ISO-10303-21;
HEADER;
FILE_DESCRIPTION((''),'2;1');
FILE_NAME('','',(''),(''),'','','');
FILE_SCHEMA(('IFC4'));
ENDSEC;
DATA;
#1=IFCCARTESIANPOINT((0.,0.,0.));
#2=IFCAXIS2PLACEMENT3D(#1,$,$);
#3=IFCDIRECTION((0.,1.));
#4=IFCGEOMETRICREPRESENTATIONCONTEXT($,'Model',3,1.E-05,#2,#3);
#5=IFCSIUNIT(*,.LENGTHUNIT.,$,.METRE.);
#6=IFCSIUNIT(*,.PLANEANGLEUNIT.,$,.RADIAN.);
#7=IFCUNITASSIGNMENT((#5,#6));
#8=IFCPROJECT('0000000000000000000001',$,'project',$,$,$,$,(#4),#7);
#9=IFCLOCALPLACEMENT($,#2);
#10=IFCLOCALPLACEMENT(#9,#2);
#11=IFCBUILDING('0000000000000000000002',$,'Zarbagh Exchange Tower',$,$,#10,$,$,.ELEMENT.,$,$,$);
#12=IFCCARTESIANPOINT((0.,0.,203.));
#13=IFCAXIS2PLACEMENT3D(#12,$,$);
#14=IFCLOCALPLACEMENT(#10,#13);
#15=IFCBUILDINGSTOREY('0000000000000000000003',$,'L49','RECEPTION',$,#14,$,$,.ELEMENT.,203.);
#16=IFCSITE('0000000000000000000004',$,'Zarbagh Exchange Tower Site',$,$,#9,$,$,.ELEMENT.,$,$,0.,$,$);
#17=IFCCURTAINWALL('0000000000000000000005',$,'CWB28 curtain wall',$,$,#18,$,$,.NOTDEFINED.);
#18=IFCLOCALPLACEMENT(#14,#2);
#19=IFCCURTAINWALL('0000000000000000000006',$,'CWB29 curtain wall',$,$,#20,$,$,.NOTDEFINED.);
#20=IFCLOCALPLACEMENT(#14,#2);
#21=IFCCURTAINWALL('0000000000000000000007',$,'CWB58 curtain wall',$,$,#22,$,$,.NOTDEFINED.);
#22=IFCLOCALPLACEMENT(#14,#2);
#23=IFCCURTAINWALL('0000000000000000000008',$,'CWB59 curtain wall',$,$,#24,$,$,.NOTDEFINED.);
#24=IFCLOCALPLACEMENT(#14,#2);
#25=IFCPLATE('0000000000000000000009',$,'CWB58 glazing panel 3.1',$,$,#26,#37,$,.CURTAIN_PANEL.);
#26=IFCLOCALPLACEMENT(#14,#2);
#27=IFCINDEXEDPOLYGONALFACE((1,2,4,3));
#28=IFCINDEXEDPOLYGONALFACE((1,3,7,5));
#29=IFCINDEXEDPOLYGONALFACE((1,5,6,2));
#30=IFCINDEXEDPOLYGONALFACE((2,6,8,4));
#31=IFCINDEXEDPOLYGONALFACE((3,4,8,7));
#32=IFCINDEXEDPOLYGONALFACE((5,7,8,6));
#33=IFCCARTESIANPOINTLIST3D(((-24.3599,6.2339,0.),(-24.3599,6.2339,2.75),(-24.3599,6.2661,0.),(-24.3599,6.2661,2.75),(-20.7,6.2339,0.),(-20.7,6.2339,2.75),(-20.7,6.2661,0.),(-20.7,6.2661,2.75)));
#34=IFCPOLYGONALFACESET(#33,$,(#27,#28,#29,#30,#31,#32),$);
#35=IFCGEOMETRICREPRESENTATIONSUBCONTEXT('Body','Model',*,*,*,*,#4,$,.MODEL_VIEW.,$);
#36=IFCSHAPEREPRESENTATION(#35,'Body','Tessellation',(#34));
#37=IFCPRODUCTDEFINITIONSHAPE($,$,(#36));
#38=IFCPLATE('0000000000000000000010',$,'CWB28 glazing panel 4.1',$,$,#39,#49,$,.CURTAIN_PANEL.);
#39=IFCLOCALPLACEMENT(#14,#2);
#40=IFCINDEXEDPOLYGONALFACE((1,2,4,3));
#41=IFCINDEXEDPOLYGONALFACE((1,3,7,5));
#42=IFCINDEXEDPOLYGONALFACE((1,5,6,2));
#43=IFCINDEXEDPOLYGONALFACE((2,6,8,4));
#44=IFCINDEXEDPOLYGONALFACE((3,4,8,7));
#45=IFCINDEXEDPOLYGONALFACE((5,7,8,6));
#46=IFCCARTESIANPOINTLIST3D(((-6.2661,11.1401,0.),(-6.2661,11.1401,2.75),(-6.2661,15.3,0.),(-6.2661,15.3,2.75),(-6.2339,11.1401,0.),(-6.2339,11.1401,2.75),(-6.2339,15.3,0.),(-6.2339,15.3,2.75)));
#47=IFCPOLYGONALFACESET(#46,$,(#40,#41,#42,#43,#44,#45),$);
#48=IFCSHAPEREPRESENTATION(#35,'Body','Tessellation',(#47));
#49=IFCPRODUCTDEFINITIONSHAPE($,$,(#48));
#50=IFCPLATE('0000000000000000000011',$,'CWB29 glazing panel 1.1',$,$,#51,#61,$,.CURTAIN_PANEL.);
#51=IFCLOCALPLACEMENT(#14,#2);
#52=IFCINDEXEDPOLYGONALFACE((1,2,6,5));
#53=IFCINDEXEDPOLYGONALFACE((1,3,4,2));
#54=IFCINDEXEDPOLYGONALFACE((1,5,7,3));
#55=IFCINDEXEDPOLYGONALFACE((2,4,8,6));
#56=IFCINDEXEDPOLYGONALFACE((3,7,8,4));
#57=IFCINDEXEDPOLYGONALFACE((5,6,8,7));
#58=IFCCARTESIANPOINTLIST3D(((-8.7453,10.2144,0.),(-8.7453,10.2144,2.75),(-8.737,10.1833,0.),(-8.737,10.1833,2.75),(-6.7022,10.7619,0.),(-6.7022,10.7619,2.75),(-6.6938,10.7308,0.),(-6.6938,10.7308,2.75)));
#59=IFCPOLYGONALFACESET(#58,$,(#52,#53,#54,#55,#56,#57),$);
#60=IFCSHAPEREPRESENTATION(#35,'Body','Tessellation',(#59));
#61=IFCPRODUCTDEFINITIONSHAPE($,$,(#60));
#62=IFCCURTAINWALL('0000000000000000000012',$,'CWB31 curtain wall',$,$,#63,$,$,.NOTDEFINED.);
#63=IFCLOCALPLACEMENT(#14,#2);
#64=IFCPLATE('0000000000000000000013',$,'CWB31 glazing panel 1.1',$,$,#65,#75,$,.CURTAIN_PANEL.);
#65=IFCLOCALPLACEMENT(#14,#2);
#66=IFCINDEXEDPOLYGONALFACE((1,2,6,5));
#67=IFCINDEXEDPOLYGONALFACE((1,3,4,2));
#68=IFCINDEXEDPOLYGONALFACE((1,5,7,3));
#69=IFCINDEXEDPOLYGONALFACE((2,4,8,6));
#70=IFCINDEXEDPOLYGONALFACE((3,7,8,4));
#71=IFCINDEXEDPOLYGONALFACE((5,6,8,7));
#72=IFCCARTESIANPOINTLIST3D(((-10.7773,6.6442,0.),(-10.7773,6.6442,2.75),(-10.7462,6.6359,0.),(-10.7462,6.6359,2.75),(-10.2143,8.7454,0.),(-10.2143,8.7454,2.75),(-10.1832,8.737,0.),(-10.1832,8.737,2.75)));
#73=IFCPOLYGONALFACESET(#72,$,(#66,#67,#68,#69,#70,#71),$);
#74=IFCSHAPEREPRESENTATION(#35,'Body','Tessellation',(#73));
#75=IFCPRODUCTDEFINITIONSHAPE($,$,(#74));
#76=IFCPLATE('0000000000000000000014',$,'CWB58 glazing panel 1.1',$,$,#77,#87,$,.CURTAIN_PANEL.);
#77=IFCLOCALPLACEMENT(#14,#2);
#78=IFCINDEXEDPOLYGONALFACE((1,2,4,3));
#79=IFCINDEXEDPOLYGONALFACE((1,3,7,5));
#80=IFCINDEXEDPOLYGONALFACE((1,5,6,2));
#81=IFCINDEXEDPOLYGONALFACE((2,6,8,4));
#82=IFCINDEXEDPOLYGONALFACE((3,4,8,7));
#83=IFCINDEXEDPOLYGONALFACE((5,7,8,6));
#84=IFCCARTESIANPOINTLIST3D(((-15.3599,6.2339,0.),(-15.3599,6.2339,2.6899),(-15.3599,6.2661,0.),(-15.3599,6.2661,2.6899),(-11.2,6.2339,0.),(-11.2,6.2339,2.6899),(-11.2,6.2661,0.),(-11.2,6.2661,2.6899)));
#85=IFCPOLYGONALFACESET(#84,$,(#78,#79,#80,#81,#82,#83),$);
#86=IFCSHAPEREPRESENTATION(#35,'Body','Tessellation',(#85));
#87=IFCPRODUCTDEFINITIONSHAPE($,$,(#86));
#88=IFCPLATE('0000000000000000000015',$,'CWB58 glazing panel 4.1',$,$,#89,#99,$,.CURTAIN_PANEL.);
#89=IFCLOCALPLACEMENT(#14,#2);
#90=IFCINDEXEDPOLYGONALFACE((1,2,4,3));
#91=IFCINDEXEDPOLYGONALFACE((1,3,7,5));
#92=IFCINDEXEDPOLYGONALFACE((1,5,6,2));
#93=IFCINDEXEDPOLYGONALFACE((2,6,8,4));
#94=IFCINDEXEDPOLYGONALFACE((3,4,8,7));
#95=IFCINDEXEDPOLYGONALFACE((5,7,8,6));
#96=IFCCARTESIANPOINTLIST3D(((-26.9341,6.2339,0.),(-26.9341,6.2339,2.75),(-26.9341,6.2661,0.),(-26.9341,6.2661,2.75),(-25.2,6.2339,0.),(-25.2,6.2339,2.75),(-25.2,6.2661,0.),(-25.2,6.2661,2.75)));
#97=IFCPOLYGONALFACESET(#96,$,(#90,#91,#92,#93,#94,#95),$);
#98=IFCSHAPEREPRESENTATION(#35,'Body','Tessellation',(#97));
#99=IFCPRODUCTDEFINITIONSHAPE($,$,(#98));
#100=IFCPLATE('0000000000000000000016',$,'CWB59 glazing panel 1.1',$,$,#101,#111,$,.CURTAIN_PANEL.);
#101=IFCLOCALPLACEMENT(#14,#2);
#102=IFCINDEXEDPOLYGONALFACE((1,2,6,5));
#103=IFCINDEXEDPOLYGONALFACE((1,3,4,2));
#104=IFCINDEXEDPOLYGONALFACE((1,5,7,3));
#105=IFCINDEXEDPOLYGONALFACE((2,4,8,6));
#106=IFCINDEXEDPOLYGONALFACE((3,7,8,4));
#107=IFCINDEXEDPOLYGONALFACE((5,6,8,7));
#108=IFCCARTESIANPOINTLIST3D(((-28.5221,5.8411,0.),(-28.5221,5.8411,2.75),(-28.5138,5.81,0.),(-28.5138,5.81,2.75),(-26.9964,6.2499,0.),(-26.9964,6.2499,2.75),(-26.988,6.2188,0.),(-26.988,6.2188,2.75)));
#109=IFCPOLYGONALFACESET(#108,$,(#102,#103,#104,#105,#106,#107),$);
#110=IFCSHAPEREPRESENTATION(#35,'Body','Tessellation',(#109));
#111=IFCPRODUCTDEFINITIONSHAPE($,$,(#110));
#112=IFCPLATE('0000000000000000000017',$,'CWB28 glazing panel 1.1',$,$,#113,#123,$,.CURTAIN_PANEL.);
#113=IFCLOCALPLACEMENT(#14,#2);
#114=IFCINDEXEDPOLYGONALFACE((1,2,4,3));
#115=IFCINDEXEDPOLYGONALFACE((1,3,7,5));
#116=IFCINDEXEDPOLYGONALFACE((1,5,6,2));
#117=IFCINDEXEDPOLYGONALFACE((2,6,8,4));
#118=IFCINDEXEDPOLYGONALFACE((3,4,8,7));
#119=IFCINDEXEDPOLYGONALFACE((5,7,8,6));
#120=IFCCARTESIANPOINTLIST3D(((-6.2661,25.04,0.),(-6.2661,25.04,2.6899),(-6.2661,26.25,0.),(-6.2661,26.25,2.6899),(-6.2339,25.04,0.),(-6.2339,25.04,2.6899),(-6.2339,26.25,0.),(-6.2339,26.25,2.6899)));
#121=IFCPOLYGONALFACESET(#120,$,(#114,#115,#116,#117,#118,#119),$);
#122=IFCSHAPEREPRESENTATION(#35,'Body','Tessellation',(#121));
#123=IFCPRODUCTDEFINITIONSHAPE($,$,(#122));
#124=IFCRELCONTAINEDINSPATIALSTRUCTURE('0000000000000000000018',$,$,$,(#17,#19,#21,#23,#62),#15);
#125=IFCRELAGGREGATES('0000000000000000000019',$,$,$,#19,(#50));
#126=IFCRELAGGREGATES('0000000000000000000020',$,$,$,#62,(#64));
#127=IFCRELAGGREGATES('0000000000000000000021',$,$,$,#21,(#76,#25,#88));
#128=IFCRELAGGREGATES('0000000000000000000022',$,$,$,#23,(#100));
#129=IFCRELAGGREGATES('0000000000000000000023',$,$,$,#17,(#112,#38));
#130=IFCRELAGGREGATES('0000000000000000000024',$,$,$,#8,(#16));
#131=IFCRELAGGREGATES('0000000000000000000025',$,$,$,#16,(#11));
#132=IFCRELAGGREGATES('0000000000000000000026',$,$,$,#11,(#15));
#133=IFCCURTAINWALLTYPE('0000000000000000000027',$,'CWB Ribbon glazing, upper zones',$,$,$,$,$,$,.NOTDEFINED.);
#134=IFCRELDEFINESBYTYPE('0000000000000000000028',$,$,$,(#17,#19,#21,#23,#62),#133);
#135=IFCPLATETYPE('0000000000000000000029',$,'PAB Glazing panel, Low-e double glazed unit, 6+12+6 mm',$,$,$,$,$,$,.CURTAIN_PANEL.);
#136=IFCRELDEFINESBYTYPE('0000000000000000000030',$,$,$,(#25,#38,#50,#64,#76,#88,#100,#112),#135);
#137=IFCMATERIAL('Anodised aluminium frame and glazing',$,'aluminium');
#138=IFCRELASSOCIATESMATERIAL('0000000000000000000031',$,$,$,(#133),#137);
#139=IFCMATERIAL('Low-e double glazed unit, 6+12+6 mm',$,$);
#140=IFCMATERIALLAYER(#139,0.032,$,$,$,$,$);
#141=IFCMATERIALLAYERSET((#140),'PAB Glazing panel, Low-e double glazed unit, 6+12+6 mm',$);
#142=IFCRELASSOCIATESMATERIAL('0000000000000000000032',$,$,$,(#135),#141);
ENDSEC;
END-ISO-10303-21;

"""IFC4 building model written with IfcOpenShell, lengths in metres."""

from ifc_helpers import new_model, si_unit, direction, frame, origin, place, context, subcontext, project, spatial, polyline, outline, extrude, source, transform, mapped, material, layer, layer_set, type_object, element, aggregate, save


model = new_model("IFC4")

# Units and contexts
model_context = context("Model", 3, precision=1e-05, world=origin(), true_north=direction((0.0, 1.0)))
body_context = subcontext(model_context, "Body", "Model", "MODEL_VIEW")
ifc_project = project(units=[si_unit("LENGTHUNIT", "METRE"), si_unit("PLANEANGLEUNIT", "RADIAN")], contexts=[model_context])

# Site, building, storey
site_placement = place(None, origin())
site = spatial("IfcSite", under=ifc_project, at=site_placement, Name="Zarbagh Exchange Tower Site", CompositionType="ELEMENT", RefElevation=0.0)
building_placement = place(site_placement, origin())
building = spatial("IfcBuilding", under=site, at=building_placement, Name="Zarbagh Exchange Tower", CompositionType="ELEMENT")
storey_placement = place(building_placement, frame((0.0, 0.0, 203.0)))
storey = spatial("IfcBuildingStorey", under=building, at=storey_placement, Name="L49", Description="RECEPTION", CompositionType="ELEMENT", Elevation=203.0)

# Curtain wall
ifc_material_1 = material(Name="Anodised aluminium frame and glazing", Category="aluminium")
curtain_wall_type = type_object("IfcCurtainWallType", Name="CWB Ribbon glazing, upper zones", PredefinedType="NOTDEFINED", material=ifc_material_1)
curtain_wall_1_placement = place(storey_placement, origin())
curtain_wall_1 = element("IfcCurtainWall", 1, at=curtain_wall_1_placement, inside=storey, type_object=curtain_wall_type, Name="CWB28 curtain wall", PredefinedType="NOTDEFINED")
placement = place(storey_placement, origin())

# Curtain wall
curtain_wall_2_placement = place(storey_placement, origin())
curtain_wall_2 = element("IfcCurtainWall", 2, at=curtain_wall_2_placement, inside=storey, type_object=curtain_wall_type, Name="CWB29 curtain wall", PredefinedType="NOTDEFINED")

# Curtain wall
curtain_wall_3_placement = place(storey_placement, origin())
curtain_wall_3 = element("IfcCurtainWall", 3, at=curtain_wall_3_placement, inside=storey, type_object=curtain_wall_type, Name="CWB58 curtain wall", PredefinedType="NOTDEFINED")

# Curtain wall
curtain_wall_4_placement = place(storey_placement, origin())
curtain_wall_4 = element("IfcCurtainWall", 4, at=curtain_wall_4_placement, inside=storey, type_object=curtain_wall_type, Name="CWB59 curtain wall", PredefinedType="NOTDEFINED")

# Shared definitions
ifc_material_2 = material(Name="Low-e double glazed unit, 6+12+6 mm")
ifc_layer = layer(ifc_material_2, 0.032)
ifc_layer_set = layer_set([ifc_layer], Name="PAB Glazing panel, Low-e double glazed unit, 6+12+6 mm")
plate_type = type_object("IfcPlateType", Name="PAB Glazing panel, Low-e double glazed unit, 6+12+6 mm", PredefinedType="CURTAIN_PANEL", material=ifc_layer_set)

# Plates
shared_shape_1 = source(origin(), body_context, "Body", "SweptSolid", [
    extrude(outline(polyline([(0.0, -0.0161), (3.6599, -0.0161), (3.6599, 0.0161), (0.0, 0.0161), (0.0, -0.0161)])), origin(), (0.0, 0.0, 1.0), 2.75),
])
plate_1 = element("IfcPlate", 5, at=placement, type_object=plate_type, Name="CWB58 glazing panel 3.1", PredefinedType="CURTAIN_PANEL", context=body_context, shape_type="MappedRepresentation", body=[
    mapped(shared_shape_1, transform((-20.7, 6.25, 0.0), x_axis=(-1.0, 0.0, 0.0), y_axis=(0.0, -1.0, 0.0), z_axis=(0.0, 0.0, 1.0))),
])
shared_shape_2 = source(origin(), body_context, "Body", "SweptSolid", [
    extrude(outline(polyline([(0.0, -0.0161), (4.1599, -0.0161), (4.1599, 0.0161), (0.0, 0.0161), (0.0, -0.0161)])), origin(), (0.0, 0.0, 1.0), 2.75),
])
plate_2 = element("IfcPlate", 6, at=placement, type_object=plate_type, Name="CWB28 glazing panel 4.1", PredefinedType="CURTAIN_PANEL", context=body_context, shape_type="MappedRepresentation", body=[
    mapped(shared_shape_2, transform((-6.25, 15.3, 0.0), x_axis=(0.0, -1.0, 0.0), y_axis=(1.0, 0.0, 0.0), z_axis=(0.0, 0.0, 1.0))),
])
shared_shape_3 = source(origin(), body_context, "Body", "SweptSolid", [
    extrude(outline(polyline([(0.0, -0.0161), (2.1152, -0.0161), (2.1152, 0.0161), (0.0, 0.0161), (0.0, -0.0161)])), origin(), (0.0, 0.0, 1.0), 2.75),
])
plate_3 = element("IfcPlate", 7, at=placement, type_object=plate_type, Name="CWB29 glazing panel 1.1", PredefinedType="CURTAIN_PANEL", context=body_context, shape_type="MappedRepresentation", body=[
    mapped(shared_shape_3, transform((-6.698, 10.7463, 0.0), x_axis=(-0.965924, -0.258825, 0.0), y_axis=(0.258825, -0.965924, 0.0), z_axis=(0.0, 0.0, 1.0))),
])
aggregate(curtain_wall_2, [plate_3])

# Curtain wall, plate
curtain_wall_5_placement = place(storey_placement, origin())
curtain_wall_5 = element("IfcCurtainWall", 8, at=curtain_wall_5_placement, inside=storey, type_object=curtain_wall_type, Name="CWB31 curtain wall", PredefinedType="NOTDEFINED")
shared_shape_4 = source(origin(), body_context, "Body", "SweptSolid", [
    extrude(outline(polyline([(0.0, -0.0161), (2.1753, -0.0161), (2.1753, 0.0161), (0.0, 0.0161), (0.0, -0.0161)])), origin(), (0.0, 0.0, 1.0), 2.75),
])
plate_4 = element("IfcPlate", 9, at=placement, type_object=plate_type, Name="CWB31 glazing panel 1.1", PredefinedType="CURTAIN_PANEL", context=body_context, shape_type="MappedRepresentation", body=[
    mapped(shared_shape_4, transform((-10.1987, 8.7412, 0.0), x_axis=(-0.258825, -0.965924, 0.0), y_axis=(0.965924, -0.258825, 0.0), z_axis=(0.0, 0.0, 1.0))),
])
aggregate(curtain_wall_5, [plate_4])

# Plates
shared_shape_5 = source(origin(), body_context, "Body", "SweptSolid", [
    extrude(outline(polyline([(0.0, -0.0161), (4.1599, -0.0161), (4.1599, 0.0161), (0.0, 0.0161), (0.0, -0.0161)])), origin(), (0.0, 0.0, 1.0), 2.6899),
])
plate_5 = element("IfcPlate", 10, at=placement, type_object=plate_type, Name="CWB58 glazing panel 1.1", PredefinedType="CURTAIN_PANEL", context=body_context, shape_type="MappedRepresentation", body=[
    mapped(shared_shape_5, transform((-11.2, 6.25, 0.0), x_axis=(-1.0, 0.0, 0.0), y_axis=(0.0, -1.0, 0.0), z_axis=(0.0, 0.0, 1.0))),
])
shared_shape_6 = source(origin(), body_context, "Body", "SweptSolid", [
    extrude(outline(polyline([(0.0, -0.0161), (1.7341, -0.0161), (1.7341, 0.0161), (0.0, 0.0161), (0.0, -0.0161)])), origin(), (0.0, 0.0, 1.0), 2.75),
])
plate_6 = element("IfcPlate", 11, at=placement, type_object=plate_type, Name="CWB58 glazing panel 4.1", PredefinedType="CURTAIN_PANEL", context=body_context, shape_type="MappedRepresentation", body=[
    mapped(shared_shape_6, transform((-25.2, 6.25, 0.0), x_axis=(-1.0, 0.0, 0.0), y_axis=(0.0, -1.0, 0.0), z_axis=(0.0, 0.0, 1.0))),
])
aggregate(curtain_wall_3, [plate_5, plate_1, plate_6])
shared_shape_7 = source(origin(), body_context, "Body", "SweptSolid", [
    extrude(outline(polyline([(0.0, -0.0161), (1.5796, -0.0161), (1.5796, 0.0161), (0.0, 0.0161), (0.0, -0.0161)])), origin(), (0.0, 0.0, 1.0), 2.75),
])
plate_7 = element("IfcPlate", 12, at=placement, type_object=plate_type, Name="CWB59 glazing panel 1.1", PredefinedType="CURTAIN_PANEL", context=body_context, shape_type="MappedRepresentation", body=[
    mapped(shared_shape_7, transform((-26.9922, 6.2344, 0.0), x_axis=(-0.965924, -0.258825, 0.0), y_axis=(0.258825, -0.965924, 0.0), z_axis=(0.0, 0.0, 1.0))),
])
aggregate(curtain_wall_4, [plate_7])
shared_shape_8 = source(origin(), body_context, "Body", "SweptSolid", [
    extrude(outline(polyline([(0.0, -0.0161), (1.21, -0.0161), (1.21, 0.0161), (0.0, 0.0161), (0.0, -0.0161)])), origin(), (0.0, 0.0, 1.0), 2.6899),
])
plate_8 = element("IfcPlate", 13, at=placement, type_object=plate_type, Name="CWB28 glazing panel 1.1", PredefinedType="CURTAIN_PANEL", context=body_context, shape_type="MappedRepresentation", body=[
    mapped(shared_shape_8, transform((-6.25, 26.25, 0.0), x_axis=(0.0, -1.0, 0.0), y_axis=(1.0, 0.0, 0.0), z_axis=(0.0, 0.0, 1.0))),
])
aggregate(curtain_wall_1, [plate_8, plate_2])

save(model, "model.ifc")
